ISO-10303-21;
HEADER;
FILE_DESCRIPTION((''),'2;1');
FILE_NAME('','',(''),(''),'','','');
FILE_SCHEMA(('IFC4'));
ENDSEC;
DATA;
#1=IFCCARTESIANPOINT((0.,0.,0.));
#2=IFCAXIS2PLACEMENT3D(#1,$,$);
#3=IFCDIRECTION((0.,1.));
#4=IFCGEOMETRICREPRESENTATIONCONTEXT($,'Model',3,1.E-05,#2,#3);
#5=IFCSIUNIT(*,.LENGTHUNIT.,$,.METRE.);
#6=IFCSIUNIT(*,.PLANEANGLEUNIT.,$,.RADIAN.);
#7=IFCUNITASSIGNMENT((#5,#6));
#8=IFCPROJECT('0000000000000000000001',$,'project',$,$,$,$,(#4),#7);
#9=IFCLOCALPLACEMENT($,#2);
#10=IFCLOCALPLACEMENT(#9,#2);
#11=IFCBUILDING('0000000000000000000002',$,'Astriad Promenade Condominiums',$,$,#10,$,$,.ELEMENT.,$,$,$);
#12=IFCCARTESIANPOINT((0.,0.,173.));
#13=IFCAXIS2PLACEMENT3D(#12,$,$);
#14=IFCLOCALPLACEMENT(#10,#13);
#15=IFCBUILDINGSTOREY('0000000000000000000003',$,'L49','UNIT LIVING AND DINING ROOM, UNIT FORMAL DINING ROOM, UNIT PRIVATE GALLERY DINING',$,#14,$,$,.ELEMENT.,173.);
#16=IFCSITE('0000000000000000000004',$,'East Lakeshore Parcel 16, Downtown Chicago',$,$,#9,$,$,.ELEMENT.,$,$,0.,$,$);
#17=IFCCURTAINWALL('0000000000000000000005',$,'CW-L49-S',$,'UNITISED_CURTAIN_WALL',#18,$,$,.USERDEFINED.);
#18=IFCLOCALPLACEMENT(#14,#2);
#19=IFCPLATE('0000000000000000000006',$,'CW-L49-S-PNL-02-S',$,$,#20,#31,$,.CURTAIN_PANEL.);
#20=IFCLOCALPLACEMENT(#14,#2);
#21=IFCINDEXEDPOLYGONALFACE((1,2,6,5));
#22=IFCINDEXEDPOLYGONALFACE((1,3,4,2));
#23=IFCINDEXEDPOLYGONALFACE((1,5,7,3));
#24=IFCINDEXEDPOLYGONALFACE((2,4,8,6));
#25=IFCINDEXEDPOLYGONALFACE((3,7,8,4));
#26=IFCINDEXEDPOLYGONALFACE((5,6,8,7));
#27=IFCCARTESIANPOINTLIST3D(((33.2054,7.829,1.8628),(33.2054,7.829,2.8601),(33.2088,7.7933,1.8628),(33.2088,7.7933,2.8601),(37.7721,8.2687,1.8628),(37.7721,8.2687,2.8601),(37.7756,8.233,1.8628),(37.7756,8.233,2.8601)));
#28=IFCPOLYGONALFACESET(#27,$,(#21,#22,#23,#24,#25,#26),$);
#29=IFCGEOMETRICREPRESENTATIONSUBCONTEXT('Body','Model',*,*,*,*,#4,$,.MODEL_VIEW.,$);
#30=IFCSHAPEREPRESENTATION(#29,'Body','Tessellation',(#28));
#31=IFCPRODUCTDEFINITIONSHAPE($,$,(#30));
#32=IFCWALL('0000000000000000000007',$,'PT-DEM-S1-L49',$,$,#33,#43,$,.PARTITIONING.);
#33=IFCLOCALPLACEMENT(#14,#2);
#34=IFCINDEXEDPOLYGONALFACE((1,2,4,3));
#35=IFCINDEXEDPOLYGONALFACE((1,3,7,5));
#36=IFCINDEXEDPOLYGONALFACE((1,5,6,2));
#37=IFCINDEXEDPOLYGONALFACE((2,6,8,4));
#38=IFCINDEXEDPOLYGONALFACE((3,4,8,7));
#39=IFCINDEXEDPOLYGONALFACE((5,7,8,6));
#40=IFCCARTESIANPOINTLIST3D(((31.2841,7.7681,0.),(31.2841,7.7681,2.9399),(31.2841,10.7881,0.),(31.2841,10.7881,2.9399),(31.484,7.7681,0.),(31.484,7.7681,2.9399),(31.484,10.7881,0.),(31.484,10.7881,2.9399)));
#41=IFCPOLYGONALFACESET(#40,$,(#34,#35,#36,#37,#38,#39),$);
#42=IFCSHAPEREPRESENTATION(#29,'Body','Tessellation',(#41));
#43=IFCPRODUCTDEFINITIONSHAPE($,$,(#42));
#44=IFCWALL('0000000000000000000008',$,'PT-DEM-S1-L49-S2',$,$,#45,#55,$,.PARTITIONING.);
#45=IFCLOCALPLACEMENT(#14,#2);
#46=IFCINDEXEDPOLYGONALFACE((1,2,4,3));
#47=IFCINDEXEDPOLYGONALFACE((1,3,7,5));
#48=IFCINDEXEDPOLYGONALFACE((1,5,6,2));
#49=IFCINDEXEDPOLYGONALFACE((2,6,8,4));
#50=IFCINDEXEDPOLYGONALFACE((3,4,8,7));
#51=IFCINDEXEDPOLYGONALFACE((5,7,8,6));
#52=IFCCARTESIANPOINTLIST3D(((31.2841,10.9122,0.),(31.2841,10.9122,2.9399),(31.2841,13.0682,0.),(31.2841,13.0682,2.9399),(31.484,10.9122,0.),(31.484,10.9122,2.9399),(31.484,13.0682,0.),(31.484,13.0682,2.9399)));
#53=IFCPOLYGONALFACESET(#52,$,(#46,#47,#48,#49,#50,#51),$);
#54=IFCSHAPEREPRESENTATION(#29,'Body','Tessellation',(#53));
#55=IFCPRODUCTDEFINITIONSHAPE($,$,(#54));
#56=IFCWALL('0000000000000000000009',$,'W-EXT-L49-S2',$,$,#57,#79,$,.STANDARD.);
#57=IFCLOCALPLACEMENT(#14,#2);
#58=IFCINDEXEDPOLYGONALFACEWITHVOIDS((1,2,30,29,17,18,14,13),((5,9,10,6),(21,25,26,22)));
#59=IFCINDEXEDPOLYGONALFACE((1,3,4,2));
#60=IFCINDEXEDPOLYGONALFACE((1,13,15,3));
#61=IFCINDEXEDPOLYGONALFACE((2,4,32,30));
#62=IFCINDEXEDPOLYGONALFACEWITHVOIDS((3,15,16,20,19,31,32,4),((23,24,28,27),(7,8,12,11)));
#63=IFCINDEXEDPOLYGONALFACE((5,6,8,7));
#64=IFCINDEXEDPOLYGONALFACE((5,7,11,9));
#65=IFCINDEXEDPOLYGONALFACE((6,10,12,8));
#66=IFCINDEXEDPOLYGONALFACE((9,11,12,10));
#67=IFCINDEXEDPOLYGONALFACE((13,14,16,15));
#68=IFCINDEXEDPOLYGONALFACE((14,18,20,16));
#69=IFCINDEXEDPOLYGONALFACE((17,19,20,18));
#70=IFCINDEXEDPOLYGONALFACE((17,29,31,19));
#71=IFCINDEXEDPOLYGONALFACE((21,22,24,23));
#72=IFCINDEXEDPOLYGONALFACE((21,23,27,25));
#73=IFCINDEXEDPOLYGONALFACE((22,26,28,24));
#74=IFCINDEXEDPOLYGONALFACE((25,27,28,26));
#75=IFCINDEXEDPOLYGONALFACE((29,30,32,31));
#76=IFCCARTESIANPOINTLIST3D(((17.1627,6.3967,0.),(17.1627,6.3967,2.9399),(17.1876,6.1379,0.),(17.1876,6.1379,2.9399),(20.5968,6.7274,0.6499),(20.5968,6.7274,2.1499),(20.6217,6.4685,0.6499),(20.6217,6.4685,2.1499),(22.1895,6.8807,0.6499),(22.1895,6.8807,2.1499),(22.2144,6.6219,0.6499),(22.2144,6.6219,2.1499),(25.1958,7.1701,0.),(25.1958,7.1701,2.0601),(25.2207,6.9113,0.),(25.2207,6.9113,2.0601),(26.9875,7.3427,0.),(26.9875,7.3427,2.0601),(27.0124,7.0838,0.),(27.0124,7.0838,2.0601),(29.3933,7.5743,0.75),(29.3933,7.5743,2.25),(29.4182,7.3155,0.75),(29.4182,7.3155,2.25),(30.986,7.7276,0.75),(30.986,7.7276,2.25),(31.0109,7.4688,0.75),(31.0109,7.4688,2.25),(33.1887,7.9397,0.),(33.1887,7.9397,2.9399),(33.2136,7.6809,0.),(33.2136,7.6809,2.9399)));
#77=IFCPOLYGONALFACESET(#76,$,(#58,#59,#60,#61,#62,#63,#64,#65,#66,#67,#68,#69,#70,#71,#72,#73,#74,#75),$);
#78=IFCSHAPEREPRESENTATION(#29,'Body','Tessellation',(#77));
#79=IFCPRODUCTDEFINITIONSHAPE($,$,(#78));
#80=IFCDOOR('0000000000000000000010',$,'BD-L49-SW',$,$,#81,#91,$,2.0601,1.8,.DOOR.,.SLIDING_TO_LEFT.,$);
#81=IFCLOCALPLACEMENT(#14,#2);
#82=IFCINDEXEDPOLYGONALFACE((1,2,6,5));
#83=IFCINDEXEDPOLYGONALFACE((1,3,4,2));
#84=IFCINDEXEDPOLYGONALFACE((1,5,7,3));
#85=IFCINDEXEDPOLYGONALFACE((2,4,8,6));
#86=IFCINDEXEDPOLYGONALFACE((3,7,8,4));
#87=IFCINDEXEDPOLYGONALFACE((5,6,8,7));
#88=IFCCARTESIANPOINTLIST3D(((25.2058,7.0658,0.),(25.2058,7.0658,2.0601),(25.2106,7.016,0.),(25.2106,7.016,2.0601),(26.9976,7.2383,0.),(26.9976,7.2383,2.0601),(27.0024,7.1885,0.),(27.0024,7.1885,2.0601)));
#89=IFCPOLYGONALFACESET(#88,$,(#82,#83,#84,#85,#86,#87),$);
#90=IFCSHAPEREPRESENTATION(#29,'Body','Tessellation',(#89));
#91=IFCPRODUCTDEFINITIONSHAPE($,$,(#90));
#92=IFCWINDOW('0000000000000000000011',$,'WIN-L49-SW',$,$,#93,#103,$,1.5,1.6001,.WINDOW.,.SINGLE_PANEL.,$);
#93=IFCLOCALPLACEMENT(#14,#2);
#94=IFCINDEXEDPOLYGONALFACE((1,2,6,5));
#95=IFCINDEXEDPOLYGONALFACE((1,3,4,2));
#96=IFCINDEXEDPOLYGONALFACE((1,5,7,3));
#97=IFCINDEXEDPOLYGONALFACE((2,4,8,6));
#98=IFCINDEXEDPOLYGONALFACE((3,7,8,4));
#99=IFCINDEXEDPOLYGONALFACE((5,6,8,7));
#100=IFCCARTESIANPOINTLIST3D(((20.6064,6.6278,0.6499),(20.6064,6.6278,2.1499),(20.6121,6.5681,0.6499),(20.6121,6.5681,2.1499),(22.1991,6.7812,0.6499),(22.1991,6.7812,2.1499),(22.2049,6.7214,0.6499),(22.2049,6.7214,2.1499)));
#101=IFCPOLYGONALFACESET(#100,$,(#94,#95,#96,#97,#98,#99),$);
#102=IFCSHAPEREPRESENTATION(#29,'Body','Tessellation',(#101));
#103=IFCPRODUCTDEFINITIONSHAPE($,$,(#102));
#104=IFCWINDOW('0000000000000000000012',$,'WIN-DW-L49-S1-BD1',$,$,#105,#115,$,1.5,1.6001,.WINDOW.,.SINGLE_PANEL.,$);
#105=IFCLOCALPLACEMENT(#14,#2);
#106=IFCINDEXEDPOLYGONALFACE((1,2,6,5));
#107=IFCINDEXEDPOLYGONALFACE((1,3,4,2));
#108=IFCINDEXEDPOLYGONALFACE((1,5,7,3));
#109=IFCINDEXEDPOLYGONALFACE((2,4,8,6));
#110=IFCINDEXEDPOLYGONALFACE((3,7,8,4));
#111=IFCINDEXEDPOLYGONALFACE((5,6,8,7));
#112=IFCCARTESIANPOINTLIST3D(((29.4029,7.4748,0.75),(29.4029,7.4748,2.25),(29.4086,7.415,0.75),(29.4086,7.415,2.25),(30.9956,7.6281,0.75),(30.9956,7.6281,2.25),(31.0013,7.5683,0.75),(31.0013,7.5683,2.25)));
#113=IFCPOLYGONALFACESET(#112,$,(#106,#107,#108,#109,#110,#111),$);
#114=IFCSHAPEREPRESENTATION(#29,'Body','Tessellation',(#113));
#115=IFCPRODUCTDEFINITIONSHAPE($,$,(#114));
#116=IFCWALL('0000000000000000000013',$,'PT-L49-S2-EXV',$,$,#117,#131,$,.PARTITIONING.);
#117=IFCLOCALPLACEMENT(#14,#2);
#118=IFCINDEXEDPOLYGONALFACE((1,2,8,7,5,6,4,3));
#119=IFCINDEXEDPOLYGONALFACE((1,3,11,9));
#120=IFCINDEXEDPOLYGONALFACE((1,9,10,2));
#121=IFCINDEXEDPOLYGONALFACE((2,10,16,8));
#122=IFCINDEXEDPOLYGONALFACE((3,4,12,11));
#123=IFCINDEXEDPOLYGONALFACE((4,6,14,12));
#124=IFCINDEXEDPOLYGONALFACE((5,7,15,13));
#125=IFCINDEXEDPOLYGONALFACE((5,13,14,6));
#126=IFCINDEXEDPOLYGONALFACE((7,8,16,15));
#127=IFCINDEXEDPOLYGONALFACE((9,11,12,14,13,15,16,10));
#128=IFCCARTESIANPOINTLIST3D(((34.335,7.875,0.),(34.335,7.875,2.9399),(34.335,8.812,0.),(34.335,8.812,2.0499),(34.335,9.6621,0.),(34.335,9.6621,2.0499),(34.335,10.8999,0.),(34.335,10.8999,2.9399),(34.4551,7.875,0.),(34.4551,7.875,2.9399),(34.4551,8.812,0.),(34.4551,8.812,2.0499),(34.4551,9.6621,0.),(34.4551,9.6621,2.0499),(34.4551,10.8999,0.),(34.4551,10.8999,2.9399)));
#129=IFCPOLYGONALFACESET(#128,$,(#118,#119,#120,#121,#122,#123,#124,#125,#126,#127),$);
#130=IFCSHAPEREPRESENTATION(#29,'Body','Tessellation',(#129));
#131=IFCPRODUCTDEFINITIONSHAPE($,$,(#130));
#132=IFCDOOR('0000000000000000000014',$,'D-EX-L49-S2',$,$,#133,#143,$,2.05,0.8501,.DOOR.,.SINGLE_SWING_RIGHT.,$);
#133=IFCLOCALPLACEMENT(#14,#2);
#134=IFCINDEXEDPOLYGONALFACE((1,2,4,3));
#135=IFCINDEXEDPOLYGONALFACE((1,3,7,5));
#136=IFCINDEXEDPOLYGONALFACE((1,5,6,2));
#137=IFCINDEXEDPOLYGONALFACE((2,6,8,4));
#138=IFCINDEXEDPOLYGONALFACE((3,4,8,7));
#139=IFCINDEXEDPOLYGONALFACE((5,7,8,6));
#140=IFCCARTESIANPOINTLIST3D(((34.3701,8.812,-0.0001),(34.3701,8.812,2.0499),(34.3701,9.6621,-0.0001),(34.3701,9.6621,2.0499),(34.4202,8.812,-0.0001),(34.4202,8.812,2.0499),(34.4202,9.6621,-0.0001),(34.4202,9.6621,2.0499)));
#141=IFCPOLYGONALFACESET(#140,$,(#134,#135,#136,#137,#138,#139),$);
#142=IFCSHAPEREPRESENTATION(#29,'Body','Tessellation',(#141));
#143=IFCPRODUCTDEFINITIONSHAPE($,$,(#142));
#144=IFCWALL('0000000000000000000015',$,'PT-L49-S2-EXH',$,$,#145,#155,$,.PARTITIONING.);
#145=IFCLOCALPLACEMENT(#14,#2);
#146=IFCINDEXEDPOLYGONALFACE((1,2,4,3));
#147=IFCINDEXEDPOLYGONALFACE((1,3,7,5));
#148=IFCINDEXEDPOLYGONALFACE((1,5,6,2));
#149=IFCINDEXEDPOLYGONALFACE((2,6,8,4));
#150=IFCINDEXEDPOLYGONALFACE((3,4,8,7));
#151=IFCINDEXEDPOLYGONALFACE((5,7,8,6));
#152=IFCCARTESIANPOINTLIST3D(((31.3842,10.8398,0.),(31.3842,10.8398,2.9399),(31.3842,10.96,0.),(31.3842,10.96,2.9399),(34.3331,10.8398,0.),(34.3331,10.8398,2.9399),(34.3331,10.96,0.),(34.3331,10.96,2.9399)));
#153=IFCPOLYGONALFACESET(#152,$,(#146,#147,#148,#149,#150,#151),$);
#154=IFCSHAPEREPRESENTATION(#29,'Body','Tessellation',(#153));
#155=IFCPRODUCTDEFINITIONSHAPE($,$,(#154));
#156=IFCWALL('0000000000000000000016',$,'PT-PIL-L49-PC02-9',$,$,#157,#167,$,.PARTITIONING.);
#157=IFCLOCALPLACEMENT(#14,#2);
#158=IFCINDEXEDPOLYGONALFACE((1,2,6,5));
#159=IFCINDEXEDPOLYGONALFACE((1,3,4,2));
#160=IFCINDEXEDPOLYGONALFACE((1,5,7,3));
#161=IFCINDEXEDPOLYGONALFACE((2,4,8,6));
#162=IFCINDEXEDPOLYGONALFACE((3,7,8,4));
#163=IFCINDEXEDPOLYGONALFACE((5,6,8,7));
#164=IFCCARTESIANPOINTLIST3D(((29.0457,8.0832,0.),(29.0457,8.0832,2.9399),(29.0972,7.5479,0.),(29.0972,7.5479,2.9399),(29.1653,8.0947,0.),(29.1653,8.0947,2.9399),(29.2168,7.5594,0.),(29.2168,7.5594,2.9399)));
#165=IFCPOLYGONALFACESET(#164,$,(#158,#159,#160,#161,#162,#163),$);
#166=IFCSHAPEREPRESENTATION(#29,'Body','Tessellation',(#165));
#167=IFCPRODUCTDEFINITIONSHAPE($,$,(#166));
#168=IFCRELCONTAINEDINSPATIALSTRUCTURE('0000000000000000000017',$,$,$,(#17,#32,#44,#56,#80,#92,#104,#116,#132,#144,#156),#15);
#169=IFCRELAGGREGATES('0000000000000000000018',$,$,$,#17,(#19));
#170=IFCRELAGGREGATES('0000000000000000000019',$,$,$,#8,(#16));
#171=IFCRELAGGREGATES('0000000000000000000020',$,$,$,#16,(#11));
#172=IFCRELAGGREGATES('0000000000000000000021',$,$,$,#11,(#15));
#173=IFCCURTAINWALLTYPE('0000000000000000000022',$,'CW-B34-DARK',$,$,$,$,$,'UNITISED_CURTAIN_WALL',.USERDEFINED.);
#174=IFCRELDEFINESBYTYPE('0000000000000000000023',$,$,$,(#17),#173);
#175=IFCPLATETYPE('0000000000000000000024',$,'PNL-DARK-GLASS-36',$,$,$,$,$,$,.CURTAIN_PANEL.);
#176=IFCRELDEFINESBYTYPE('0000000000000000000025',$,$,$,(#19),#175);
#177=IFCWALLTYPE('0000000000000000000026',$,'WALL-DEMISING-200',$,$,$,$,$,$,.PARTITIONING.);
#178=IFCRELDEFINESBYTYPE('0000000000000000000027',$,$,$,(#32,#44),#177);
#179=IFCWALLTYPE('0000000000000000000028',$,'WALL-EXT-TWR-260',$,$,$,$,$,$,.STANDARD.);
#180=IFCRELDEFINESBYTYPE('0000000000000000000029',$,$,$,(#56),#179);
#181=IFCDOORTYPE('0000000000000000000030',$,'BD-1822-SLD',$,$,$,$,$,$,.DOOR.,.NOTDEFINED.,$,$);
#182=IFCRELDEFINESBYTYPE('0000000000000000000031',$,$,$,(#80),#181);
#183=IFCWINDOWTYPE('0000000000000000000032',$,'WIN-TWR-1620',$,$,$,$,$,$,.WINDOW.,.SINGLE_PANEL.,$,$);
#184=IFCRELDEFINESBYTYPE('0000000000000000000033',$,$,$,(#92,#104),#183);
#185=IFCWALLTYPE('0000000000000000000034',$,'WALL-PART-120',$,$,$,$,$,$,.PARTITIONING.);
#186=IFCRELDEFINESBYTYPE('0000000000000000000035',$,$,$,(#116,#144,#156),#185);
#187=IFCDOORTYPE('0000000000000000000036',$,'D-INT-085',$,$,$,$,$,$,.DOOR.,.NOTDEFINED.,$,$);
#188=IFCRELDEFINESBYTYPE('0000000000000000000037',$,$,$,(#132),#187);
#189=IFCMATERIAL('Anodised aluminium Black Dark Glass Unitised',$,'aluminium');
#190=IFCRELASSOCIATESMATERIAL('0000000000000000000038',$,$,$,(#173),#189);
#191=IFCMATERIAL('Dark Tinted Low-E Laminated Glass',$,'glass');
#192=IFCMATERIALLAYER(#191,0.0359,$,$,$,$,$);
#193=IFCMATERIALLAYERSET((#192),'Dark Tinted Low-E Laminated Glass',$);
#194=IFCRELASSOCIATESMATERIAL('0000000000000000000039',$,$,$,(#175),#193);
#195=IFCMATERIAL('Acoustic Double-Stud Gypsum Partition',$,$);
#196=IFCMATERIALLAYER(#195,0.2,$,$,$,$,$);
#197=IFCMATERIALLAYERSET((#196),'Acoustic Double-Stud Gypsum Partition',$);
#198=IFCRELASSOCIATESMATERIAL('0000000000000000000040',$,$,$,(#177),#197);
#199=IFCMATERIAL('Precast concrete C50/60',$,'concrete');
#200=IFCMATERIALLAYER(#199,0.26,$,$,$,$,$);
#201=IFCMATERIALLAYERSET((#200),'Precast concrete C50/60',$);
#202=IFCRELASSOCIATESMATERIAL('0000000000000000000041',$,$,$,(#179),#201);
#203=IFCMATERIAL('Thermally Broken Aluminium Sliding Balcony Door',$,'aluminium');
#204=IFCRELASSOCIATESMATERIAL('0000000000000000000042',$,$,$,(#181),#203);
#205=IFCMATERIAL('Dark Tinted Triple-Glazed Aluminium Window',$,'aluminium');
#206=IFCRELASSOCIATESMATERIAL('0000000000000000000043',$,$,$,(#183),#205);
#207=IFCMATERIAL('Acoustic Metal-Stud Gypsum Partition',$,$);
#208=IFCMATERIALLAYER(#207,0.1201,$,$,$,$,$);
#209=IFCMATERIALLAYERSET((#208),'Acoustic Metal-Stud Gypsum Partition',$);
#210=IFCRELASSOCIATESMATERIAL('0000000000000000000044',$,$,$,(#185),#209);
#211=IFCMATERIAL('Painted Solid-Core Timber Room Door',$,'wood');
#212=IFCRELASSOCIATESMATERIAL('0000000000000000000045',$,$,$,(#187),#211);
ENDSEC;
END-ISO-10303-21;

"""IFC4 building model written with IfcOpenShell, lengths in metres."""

from ifc_helpers import new_model, si_unit, direction, frame, frame_2d, origin, origin_2d, place, context, subcontext, project, spatial, rectangle, extrude, source, transform, mapped, material, layer, layer_set, type_object, type_shapes, element, fill, aggregate, save


model = new_model("IFC4")

# Units and contexts
model_context = context("Model", 3, precision=1e-05, world=origin(), true_north=direction((0.0, 1.0)))
body_context = subcontext(model_context, "Body", "Model", "MODEL_VIEW")
ifc_project = project(units=[si_unit("LENGTHUNIT", "METRE"), si_unit("PLANEANGLEUNIT", "RADIAN")], contexts=[model_context])

# Site, building, storey
site_placement = place(None, origin())
site = spatial("IfcSite", under=ifc_project, at=site_placement, Name="East Lakeshore Parcel 16, Downtown Chicago", CompositionType="ELEMENT", RefElevation=0.0)
building_placement = place(site_placement, origin())
building = spatial("IfcBuilding", under=site, at=building_placement, Name="Astriad Promenade Condominiums", CompositionType="ELEMENT")
storey_placement = place(building_placement, frame((0.0, 0.0, 173.0)))
storey = spatial("IfcBuildingStorey", under=building, at=storey_placement, Name="L49", Description="UNIT LIVING AND DINING ROOM, UNIT FORMAL DINING ROOM, UNIT PRIVATE GALLERY DINING", CompositionType="ELEMENT", Elevation=173.0)

# Curtain wall, plate
ifc_material_1 = material(Name="Anodised aluminium Black Dark Glass Unitised", Category="aluminium")
curtain_wall_type = type_object("IfcCurtainWallType", Name="CW-B34-DARK", ElementType="UNITISED_CURTAIN_WALL", PredefinedType="USERDEFINED", material=ifc_material_1)
curtain_wall_placement = place(storey_placement, origin())
curtain_wall = element("IfcCurtainWall", 1, at=curtain_wall_placement, inside=storey, type_object=curtain_wall_type, Name="CW-L49-S", ObjectType="UNITISED_CURTAIN_WALL", PredefinedType="USERDEFINED")
ifc_material_2 = material(Name="Dark Tinted Low-E Laminated Glass", Category="glass")
ifc_layer_1 = layer(ifc_material_2, 0.0359)
ifc_layer_set_1 = layer_set([ifc_layer_1], Name="Dark Tinted Low-E Laminated Glass")
plate_type = type_object("IfcPlateType", Name="PNL-DARK-GLASS-36", PredefinedType="CURTAIN_PANEL", material=ifc_layer_set_1)
shared_shape_1 = source(origin(), body_context, "Body", "SweptSolid", [
    extrude(rectangle(XDim=4.5879, YDim=0.0359, at=origin_2d()), origin(), (0.0, 0.0, 1.0), 0.9973),
])
plate_1_placement = place(storey_placement, frame((35.4905, 8.031, 1.8628), z_axis=(0.0, 0.0, 1.0), x_axis=(-0.995396, -0.095846, 0.0)))
plate_1 = element("IfcPlate", 2, at=plate_1_placement, type_object=plate_type, Name="CW-L49-S-PNL-02-S", PredefinedType="CURTAIN_PANEL", context=body_context, shape_type="MappedRepresentation", body=[
    mapped(shared_shape_1, transform((0.0, 0.0, 0.0), scale=1.0)),
])
aggregate(curtain_wall, [plate_1])

# Walls
ifc_material_3 = material(Name="Acoustic Double-Stud Gypsum Partition")
ifc_layer_2 = layer(ifc_material_3, 0.2)
ifc_layer_set_2 = layer_set([ifc_layer_2], Name="Acoustic Double-Stud Gypsum Partition")
wall_type_1 = type_object("IfcWallType", Name="WALL-DEMISING-200", PredefinedType="PARTITIONING", material=ifc_layer_set_2)
wall_1_placement = place(storey_placement, frame((31.384, 7.7681, 0.0), z_axis=(0.0, 0.0, 1.0), x_axis=(0.0, 1.0, 0.0)))
element("IfcWall", 3, at=wall_1_placement, inside=storey, type_object=wall_type_1, Name="PT-DEM-S1-L49", PredefinedType="PARTITIONING", context=body_context, shape_type="SweptSolid", body=[
    extrude(rectangle(XDim=3.02, YDim=0.2, at=frame_2d((1.51, 0.0))), origin(), (0.0, 0.0, 1.0), 2.9399),
])
wall_2_placement = place(storey_placement, frame((31.384, 10.9121, 0.0), z_axis=(0.0, 0.0, 1.0), x_axis=(0.0, 1.0, 0.0)))
element("IfcWall", 4, at=wall_2_placement, inside=storey, type_object=wall_type_1, Name="PT-DEM-S1-L49-S2", PredefinedType="PARTITIONING", context=body_context, shape_type="SweptSolid", body=[
    extrude(rectangle(XDim=2.156, YDim=0.2, at=frame_2d((1.0781, 0.0))), origin(), (0.0, 0.0, 1.0), 2.9399),
])

# Wall, openings, door, windows
ifc_material_4 = material(Name="Precast concrete C50/60", Category="concrete")
ifc_layer_3 = layer(ifc_material_4, 0.26)
ifc_layer_set_3 = layer_set([ifc_layer_3], Name="Precast concrete C50/60")
wall_type_2 = type_object("IfcWallType", Name="WALL-EXT-TWR-260", PredefinedType="STANDARD", material=ifc_layer_set_3)
wall_3_placement = place(storey_placement, frame((33.2012, 7.8103, 0.0), z_axis=(0.0, 0.0, 1.0), x_axis=(-0.995397, -0.095837, 0.0)))
wall_3 = element("IfcWall", 5, at=wall_3_placement, inside=storey, type_object=wall_type_2, Name="W-EXT-L49-S2", PredefinedType="STANDARD", context=body_context, shape_type="SweptSolid", body=[
    extrude(rectangle(XDim=16.1001, YDim=0.26, at=frame_2d((8.05, 0.0))), origin(), (0.0, 0.0, 1.0), 2.9399),
])
opening_1_placement = place(wall_3_placement, frame((6.23, 0.0, 0.0)))
opening_1 = element("IfcOpeningElement", 6, at=opening_1_placement, cuts=wall_3, PredefinedType="OPENING", context=body_context, shape_type="SweptSolid", body=[
    extrude(rectangle(XDim=1.8, YDim=2.0601, at=frame_2d((0.8999, 1.03))), frame((0.0, 0.1399, 0.0), z_axis=(0.0, -1.0, 0.0), x_axis=(1.0, 0.0, 0.0)), (0.0, 0.0, 1.0), 0.28),
])
opening_2_placement = place(wall_3_placement, frame((11.05, 0.0, 0.6499)))
opening_2 = element("IfcOpeningElement", 7, at=opening_2_placement, cuts=wall_3, PredefinedType="OPENING", context=body_context, shape_type="SweptSolid", body=[
    extrude(rectangle(XDim=1.6001, YDim=1.5, at=frame_2d((0.8, 0.75))), frame((0.0, 0.1399, 0.0), z_axis=(0.0, -1.0, 0.0), x_axis=(1.0, 0.0, 0.0)), (0.0, 0.0, 1.0), 0.28),
])
opening_3_placement = place(wall_3_placement, frame((2.2129, 0.0, 0.75)))
opening_3 = element("IfcOpeningElement", 8, at=opening_3_placement, cuts=wall_3, PredefinedType="OPENING", context=body_context, shape_type="SweptSolid", body=[
    extrude(rectangle(XDim=1.6001, YDim=1.5, at=frame_2d((0.8, 0.75))), frame((0.0, 0.1399, 0.0), z_axis=(0.0, -1.0, 0.0), x_axis=(1.0, 0.0, 0.0)), (0.0, 0.0, 1.0), 0.28),
])
ifc_material_5 = material(Name="Thermally Broken Aluminium Sliding Balcony Door", Category="aluminium")
door_type_1 = type_object("IfcDoorType", Name="BD-1822-SLD", OperationType="NOTDEFINED", PredefinedType="DOOR", material=ifc_material_5)
shared_shape_2 = source(origin(), body_context, "Body", "SweptSolid", [
    extrude(rectangle(XDim=1.8, YDim=2.0601, at=frame_2d((0.8999, 1.03))), frame((0.0, 0.0249, 0.0), z_axis=(0.0, -1.0, 0.0), x_axis=(1.0, 0.0, 0.0)), (0.0, 0.0, 1.0), 0.05),
])
type_shapes(door_type_1, [shared_shape_2])
door_1_placement = place(opening_1_placement, origin())
door_1 = element("IfcDoor", 9, at=door_1_placement, inside=storey, type_object=door_type_1, Name="BD-L49-SW", OperationType="SLIDING_TO_LEFT", OverallHeight=2.0601, OverallWidth=1.8, PredefinedType="DOOR", context=body_context, shape_type="MappedRepresentation", body=[
    mapped(shared_shape_2, transform((0.0, 0.0, 0.0), scale=1.0)),
])
fill(opening_1, door_1)
ifc_material_6 = material(Name="Dark Tinted Triple-Glazed Aluminium Window", Category="aluminium")
window_type = type_object("IfcWindowType", Name="WIN-TWR-1620", PartitioningType="SINGLE_PANEL", PredefinedType="WINDOW", material=ifc_material_6)
shared_shape_3 = source(origin(), body_context, "Body", "SweptSolid", [
    extrude(rectangle(XDim=1.6001, YDim=1.5, at=frame_2d((0.8, 0.75))), frame((0.0, 0.03, 0.0), z_axis=(0.0, -1.0, 0.0), x_axis=(1.0, 0.0, 0.0)), (0.0, 0.0, 1.0), 0.0601),
])
type_shapes(window_type, [shared_shape_3])
window_1_placement = place(opening_2_placement, origin())
window_1 = element("IfcWindow", 10, at=window_1_placement, inside=storey, type_object=window_type, Name="WIN-L49-SW", OverallHeight=1.5, OverallWidth=1.6001, PartitioningType="SINGLE_PANEL", PredefinedType="WINDOW", context=body_context, shape_type="MappedRepresentation", body=[
    mapped(shared_shape_3, transform((0.0, 0.0, 0.0), scale=1.0)),
])
fill(opening_2, window_1)
window_2_placement = place(opening_3_placement, origin())
window_2 = element("IfcWindow", 11, at=window_2_placement, inside=storey, type_object=window_type, Name="WIN-DW-L49-S1-BD1", OverallHeight=1.5, OverallWidth=1.6001, PartitioningType="SINGLE_PANEL", PredefinedType="WINDOW", context=body_context, shape_type="MappedRepresentation", body=[
    mapped(shared_shape_3, transform((0.0, 0.0, 0.0), scale=1.0)),
])
fill(opening_3, window_2)

# Wall, opening, door
ifc_material_7 = material(Name="Acoustic Metal-Stud Gypsum Partition")
ifc_layer_4 = layer(ifc_material_7, 0.1201)
ifc_layer_set_4 = layer_set([ifc_layer_4], Name="Acoustic Metal-Stud Gypsum Partition")
wall_type_3 = type_object("IfcWallType", Name="WALL-PART-120", PredefinedType="PARTITIONING", material=ifc_layer_set_4)
wall_4_placement = place(storey_placement, frame((34.395, 7.875, 0.0), z_axis=(0.0, 0.0, 1.0), x_axis=(0.0, 1.0, 0.0)))
wall_4 = element("IfcWall", 12, at=wall_4_placement, inside=storey, type_object=wall_type_3, Name="PT-L49-S2-EXV", PredefinedType="PARTITIONING", context=body_context, shape_type="SweptSolid", body=[
    extrude(rectangle(XDim=3.0249, YDim=0.1201, at=frame_2d((1.5125, 0.0))), origin(), (0.0, 0.0, 1.0), 2.9399),
])
opening_4_placement = place(wall_4_placement, frame((0.937, 0.0, 0.0)))
opening_4 = element("IfcOpeningElement", 13, at=opening_4_placement, cuts=wall_4, PredefinedType="OPENING", context=body_context, shape_type="SweptSolid", body=[
    extrude(rectangle(XDim=0.8501, YDim=2.05, at=frame_2d((0.425, 1.0249))), frame((0.0, 0.0701, 0.0), z_axis=(0.0, -1.0, 0.0), x_axis=(1.0, 0.0, 0.0)), (0.0, 0.0, 1.0), 0.1401),
])
ifc_material_8 = material(Name="Painted Solid-Core Timber Room Door", Category="wood")
door_type_2 = type_object("IfcDoorType", Name="D-INT-085", OperationType="NOTDEFINED", PredefinedType="DOOR", material=ifc_material_8)
shared_shape_4 = source(origin(), body_context, "Body", "SweptSolid", [
    extrude(rectangle(XDim=0.8501, YDim=2.05, at=frame_2d((0.425, 1.0249))), frame((0.0, 0.0249, 0.0), z_axis=(0.0, -1.0, 0.0), x_axis=(1.0, 0.0, 0.0)), (0.0, 0.0, 1.0), 0.05),
])
type_shapes(door_type_2, [shared_shape_4])
door_2_placement = place(opening_4_placement, origin())
door_2 = element("IfcDoor", 14, at=door_2_placement, inside=storey, type_object=door_type_2, Name="D-EX-L49-S2", OperationType="SINGLE_SWING_RIGHT", OverallHeight=2.05, OverallWidth=0.8501, PredefinedType="DOOR", context=body_context, shape_type="MappedRepresentation", body=[
    mapped(shared_shape_4, transform((0.0, 0.0, 0.0), scale=1.0)),
])
fill(opening_4, door_2)

# Walls
wall_5_placement = place(storey_placement, frame((31.384, 10.8999, 0.0), z_axis=(0.0, 0.0, 1.0), x_axis=(1.0, 0.0, 0.0)))
element("IfcWall", 15, at=wall_5_placement, inside=storey, type_object=wall_type_3, Name="PT-L49-S2-EXH", PredefinedType="PARTITIONING", context=body_context, shape_type="SweptSolid", body=[
    extrude(rectangle(XDim=2.949, YDim=0.1201, at=frame_2d((1.4746, 0.0))), origin(), (0.0, 0.0, 1.0), 2.9399),
])
wall_6_placement = place(storey_placement, frame((29.1055, 8.0891, 0.0), z_axis=(0.0, 0.0, 1.0), x_axis=(0.095773, -0.995403, 0.0)))
element("IfcWall", 16, at=wall_6_placement, inside=storey, type_object=wall_type_3, Name="PT-PIL-L49-PC02-9", PredefinedType="PARTITIONING", context=body_context, shape_type="SweptSolid", body=[
    extrude(rectangle(XDim=0.5378, YDim=0.1201, at=frame_2d((0.269, 0.0))), origin(), (0.0, 0.0, 1.0), 2.9399),
])

save(model, "model.ifc")
